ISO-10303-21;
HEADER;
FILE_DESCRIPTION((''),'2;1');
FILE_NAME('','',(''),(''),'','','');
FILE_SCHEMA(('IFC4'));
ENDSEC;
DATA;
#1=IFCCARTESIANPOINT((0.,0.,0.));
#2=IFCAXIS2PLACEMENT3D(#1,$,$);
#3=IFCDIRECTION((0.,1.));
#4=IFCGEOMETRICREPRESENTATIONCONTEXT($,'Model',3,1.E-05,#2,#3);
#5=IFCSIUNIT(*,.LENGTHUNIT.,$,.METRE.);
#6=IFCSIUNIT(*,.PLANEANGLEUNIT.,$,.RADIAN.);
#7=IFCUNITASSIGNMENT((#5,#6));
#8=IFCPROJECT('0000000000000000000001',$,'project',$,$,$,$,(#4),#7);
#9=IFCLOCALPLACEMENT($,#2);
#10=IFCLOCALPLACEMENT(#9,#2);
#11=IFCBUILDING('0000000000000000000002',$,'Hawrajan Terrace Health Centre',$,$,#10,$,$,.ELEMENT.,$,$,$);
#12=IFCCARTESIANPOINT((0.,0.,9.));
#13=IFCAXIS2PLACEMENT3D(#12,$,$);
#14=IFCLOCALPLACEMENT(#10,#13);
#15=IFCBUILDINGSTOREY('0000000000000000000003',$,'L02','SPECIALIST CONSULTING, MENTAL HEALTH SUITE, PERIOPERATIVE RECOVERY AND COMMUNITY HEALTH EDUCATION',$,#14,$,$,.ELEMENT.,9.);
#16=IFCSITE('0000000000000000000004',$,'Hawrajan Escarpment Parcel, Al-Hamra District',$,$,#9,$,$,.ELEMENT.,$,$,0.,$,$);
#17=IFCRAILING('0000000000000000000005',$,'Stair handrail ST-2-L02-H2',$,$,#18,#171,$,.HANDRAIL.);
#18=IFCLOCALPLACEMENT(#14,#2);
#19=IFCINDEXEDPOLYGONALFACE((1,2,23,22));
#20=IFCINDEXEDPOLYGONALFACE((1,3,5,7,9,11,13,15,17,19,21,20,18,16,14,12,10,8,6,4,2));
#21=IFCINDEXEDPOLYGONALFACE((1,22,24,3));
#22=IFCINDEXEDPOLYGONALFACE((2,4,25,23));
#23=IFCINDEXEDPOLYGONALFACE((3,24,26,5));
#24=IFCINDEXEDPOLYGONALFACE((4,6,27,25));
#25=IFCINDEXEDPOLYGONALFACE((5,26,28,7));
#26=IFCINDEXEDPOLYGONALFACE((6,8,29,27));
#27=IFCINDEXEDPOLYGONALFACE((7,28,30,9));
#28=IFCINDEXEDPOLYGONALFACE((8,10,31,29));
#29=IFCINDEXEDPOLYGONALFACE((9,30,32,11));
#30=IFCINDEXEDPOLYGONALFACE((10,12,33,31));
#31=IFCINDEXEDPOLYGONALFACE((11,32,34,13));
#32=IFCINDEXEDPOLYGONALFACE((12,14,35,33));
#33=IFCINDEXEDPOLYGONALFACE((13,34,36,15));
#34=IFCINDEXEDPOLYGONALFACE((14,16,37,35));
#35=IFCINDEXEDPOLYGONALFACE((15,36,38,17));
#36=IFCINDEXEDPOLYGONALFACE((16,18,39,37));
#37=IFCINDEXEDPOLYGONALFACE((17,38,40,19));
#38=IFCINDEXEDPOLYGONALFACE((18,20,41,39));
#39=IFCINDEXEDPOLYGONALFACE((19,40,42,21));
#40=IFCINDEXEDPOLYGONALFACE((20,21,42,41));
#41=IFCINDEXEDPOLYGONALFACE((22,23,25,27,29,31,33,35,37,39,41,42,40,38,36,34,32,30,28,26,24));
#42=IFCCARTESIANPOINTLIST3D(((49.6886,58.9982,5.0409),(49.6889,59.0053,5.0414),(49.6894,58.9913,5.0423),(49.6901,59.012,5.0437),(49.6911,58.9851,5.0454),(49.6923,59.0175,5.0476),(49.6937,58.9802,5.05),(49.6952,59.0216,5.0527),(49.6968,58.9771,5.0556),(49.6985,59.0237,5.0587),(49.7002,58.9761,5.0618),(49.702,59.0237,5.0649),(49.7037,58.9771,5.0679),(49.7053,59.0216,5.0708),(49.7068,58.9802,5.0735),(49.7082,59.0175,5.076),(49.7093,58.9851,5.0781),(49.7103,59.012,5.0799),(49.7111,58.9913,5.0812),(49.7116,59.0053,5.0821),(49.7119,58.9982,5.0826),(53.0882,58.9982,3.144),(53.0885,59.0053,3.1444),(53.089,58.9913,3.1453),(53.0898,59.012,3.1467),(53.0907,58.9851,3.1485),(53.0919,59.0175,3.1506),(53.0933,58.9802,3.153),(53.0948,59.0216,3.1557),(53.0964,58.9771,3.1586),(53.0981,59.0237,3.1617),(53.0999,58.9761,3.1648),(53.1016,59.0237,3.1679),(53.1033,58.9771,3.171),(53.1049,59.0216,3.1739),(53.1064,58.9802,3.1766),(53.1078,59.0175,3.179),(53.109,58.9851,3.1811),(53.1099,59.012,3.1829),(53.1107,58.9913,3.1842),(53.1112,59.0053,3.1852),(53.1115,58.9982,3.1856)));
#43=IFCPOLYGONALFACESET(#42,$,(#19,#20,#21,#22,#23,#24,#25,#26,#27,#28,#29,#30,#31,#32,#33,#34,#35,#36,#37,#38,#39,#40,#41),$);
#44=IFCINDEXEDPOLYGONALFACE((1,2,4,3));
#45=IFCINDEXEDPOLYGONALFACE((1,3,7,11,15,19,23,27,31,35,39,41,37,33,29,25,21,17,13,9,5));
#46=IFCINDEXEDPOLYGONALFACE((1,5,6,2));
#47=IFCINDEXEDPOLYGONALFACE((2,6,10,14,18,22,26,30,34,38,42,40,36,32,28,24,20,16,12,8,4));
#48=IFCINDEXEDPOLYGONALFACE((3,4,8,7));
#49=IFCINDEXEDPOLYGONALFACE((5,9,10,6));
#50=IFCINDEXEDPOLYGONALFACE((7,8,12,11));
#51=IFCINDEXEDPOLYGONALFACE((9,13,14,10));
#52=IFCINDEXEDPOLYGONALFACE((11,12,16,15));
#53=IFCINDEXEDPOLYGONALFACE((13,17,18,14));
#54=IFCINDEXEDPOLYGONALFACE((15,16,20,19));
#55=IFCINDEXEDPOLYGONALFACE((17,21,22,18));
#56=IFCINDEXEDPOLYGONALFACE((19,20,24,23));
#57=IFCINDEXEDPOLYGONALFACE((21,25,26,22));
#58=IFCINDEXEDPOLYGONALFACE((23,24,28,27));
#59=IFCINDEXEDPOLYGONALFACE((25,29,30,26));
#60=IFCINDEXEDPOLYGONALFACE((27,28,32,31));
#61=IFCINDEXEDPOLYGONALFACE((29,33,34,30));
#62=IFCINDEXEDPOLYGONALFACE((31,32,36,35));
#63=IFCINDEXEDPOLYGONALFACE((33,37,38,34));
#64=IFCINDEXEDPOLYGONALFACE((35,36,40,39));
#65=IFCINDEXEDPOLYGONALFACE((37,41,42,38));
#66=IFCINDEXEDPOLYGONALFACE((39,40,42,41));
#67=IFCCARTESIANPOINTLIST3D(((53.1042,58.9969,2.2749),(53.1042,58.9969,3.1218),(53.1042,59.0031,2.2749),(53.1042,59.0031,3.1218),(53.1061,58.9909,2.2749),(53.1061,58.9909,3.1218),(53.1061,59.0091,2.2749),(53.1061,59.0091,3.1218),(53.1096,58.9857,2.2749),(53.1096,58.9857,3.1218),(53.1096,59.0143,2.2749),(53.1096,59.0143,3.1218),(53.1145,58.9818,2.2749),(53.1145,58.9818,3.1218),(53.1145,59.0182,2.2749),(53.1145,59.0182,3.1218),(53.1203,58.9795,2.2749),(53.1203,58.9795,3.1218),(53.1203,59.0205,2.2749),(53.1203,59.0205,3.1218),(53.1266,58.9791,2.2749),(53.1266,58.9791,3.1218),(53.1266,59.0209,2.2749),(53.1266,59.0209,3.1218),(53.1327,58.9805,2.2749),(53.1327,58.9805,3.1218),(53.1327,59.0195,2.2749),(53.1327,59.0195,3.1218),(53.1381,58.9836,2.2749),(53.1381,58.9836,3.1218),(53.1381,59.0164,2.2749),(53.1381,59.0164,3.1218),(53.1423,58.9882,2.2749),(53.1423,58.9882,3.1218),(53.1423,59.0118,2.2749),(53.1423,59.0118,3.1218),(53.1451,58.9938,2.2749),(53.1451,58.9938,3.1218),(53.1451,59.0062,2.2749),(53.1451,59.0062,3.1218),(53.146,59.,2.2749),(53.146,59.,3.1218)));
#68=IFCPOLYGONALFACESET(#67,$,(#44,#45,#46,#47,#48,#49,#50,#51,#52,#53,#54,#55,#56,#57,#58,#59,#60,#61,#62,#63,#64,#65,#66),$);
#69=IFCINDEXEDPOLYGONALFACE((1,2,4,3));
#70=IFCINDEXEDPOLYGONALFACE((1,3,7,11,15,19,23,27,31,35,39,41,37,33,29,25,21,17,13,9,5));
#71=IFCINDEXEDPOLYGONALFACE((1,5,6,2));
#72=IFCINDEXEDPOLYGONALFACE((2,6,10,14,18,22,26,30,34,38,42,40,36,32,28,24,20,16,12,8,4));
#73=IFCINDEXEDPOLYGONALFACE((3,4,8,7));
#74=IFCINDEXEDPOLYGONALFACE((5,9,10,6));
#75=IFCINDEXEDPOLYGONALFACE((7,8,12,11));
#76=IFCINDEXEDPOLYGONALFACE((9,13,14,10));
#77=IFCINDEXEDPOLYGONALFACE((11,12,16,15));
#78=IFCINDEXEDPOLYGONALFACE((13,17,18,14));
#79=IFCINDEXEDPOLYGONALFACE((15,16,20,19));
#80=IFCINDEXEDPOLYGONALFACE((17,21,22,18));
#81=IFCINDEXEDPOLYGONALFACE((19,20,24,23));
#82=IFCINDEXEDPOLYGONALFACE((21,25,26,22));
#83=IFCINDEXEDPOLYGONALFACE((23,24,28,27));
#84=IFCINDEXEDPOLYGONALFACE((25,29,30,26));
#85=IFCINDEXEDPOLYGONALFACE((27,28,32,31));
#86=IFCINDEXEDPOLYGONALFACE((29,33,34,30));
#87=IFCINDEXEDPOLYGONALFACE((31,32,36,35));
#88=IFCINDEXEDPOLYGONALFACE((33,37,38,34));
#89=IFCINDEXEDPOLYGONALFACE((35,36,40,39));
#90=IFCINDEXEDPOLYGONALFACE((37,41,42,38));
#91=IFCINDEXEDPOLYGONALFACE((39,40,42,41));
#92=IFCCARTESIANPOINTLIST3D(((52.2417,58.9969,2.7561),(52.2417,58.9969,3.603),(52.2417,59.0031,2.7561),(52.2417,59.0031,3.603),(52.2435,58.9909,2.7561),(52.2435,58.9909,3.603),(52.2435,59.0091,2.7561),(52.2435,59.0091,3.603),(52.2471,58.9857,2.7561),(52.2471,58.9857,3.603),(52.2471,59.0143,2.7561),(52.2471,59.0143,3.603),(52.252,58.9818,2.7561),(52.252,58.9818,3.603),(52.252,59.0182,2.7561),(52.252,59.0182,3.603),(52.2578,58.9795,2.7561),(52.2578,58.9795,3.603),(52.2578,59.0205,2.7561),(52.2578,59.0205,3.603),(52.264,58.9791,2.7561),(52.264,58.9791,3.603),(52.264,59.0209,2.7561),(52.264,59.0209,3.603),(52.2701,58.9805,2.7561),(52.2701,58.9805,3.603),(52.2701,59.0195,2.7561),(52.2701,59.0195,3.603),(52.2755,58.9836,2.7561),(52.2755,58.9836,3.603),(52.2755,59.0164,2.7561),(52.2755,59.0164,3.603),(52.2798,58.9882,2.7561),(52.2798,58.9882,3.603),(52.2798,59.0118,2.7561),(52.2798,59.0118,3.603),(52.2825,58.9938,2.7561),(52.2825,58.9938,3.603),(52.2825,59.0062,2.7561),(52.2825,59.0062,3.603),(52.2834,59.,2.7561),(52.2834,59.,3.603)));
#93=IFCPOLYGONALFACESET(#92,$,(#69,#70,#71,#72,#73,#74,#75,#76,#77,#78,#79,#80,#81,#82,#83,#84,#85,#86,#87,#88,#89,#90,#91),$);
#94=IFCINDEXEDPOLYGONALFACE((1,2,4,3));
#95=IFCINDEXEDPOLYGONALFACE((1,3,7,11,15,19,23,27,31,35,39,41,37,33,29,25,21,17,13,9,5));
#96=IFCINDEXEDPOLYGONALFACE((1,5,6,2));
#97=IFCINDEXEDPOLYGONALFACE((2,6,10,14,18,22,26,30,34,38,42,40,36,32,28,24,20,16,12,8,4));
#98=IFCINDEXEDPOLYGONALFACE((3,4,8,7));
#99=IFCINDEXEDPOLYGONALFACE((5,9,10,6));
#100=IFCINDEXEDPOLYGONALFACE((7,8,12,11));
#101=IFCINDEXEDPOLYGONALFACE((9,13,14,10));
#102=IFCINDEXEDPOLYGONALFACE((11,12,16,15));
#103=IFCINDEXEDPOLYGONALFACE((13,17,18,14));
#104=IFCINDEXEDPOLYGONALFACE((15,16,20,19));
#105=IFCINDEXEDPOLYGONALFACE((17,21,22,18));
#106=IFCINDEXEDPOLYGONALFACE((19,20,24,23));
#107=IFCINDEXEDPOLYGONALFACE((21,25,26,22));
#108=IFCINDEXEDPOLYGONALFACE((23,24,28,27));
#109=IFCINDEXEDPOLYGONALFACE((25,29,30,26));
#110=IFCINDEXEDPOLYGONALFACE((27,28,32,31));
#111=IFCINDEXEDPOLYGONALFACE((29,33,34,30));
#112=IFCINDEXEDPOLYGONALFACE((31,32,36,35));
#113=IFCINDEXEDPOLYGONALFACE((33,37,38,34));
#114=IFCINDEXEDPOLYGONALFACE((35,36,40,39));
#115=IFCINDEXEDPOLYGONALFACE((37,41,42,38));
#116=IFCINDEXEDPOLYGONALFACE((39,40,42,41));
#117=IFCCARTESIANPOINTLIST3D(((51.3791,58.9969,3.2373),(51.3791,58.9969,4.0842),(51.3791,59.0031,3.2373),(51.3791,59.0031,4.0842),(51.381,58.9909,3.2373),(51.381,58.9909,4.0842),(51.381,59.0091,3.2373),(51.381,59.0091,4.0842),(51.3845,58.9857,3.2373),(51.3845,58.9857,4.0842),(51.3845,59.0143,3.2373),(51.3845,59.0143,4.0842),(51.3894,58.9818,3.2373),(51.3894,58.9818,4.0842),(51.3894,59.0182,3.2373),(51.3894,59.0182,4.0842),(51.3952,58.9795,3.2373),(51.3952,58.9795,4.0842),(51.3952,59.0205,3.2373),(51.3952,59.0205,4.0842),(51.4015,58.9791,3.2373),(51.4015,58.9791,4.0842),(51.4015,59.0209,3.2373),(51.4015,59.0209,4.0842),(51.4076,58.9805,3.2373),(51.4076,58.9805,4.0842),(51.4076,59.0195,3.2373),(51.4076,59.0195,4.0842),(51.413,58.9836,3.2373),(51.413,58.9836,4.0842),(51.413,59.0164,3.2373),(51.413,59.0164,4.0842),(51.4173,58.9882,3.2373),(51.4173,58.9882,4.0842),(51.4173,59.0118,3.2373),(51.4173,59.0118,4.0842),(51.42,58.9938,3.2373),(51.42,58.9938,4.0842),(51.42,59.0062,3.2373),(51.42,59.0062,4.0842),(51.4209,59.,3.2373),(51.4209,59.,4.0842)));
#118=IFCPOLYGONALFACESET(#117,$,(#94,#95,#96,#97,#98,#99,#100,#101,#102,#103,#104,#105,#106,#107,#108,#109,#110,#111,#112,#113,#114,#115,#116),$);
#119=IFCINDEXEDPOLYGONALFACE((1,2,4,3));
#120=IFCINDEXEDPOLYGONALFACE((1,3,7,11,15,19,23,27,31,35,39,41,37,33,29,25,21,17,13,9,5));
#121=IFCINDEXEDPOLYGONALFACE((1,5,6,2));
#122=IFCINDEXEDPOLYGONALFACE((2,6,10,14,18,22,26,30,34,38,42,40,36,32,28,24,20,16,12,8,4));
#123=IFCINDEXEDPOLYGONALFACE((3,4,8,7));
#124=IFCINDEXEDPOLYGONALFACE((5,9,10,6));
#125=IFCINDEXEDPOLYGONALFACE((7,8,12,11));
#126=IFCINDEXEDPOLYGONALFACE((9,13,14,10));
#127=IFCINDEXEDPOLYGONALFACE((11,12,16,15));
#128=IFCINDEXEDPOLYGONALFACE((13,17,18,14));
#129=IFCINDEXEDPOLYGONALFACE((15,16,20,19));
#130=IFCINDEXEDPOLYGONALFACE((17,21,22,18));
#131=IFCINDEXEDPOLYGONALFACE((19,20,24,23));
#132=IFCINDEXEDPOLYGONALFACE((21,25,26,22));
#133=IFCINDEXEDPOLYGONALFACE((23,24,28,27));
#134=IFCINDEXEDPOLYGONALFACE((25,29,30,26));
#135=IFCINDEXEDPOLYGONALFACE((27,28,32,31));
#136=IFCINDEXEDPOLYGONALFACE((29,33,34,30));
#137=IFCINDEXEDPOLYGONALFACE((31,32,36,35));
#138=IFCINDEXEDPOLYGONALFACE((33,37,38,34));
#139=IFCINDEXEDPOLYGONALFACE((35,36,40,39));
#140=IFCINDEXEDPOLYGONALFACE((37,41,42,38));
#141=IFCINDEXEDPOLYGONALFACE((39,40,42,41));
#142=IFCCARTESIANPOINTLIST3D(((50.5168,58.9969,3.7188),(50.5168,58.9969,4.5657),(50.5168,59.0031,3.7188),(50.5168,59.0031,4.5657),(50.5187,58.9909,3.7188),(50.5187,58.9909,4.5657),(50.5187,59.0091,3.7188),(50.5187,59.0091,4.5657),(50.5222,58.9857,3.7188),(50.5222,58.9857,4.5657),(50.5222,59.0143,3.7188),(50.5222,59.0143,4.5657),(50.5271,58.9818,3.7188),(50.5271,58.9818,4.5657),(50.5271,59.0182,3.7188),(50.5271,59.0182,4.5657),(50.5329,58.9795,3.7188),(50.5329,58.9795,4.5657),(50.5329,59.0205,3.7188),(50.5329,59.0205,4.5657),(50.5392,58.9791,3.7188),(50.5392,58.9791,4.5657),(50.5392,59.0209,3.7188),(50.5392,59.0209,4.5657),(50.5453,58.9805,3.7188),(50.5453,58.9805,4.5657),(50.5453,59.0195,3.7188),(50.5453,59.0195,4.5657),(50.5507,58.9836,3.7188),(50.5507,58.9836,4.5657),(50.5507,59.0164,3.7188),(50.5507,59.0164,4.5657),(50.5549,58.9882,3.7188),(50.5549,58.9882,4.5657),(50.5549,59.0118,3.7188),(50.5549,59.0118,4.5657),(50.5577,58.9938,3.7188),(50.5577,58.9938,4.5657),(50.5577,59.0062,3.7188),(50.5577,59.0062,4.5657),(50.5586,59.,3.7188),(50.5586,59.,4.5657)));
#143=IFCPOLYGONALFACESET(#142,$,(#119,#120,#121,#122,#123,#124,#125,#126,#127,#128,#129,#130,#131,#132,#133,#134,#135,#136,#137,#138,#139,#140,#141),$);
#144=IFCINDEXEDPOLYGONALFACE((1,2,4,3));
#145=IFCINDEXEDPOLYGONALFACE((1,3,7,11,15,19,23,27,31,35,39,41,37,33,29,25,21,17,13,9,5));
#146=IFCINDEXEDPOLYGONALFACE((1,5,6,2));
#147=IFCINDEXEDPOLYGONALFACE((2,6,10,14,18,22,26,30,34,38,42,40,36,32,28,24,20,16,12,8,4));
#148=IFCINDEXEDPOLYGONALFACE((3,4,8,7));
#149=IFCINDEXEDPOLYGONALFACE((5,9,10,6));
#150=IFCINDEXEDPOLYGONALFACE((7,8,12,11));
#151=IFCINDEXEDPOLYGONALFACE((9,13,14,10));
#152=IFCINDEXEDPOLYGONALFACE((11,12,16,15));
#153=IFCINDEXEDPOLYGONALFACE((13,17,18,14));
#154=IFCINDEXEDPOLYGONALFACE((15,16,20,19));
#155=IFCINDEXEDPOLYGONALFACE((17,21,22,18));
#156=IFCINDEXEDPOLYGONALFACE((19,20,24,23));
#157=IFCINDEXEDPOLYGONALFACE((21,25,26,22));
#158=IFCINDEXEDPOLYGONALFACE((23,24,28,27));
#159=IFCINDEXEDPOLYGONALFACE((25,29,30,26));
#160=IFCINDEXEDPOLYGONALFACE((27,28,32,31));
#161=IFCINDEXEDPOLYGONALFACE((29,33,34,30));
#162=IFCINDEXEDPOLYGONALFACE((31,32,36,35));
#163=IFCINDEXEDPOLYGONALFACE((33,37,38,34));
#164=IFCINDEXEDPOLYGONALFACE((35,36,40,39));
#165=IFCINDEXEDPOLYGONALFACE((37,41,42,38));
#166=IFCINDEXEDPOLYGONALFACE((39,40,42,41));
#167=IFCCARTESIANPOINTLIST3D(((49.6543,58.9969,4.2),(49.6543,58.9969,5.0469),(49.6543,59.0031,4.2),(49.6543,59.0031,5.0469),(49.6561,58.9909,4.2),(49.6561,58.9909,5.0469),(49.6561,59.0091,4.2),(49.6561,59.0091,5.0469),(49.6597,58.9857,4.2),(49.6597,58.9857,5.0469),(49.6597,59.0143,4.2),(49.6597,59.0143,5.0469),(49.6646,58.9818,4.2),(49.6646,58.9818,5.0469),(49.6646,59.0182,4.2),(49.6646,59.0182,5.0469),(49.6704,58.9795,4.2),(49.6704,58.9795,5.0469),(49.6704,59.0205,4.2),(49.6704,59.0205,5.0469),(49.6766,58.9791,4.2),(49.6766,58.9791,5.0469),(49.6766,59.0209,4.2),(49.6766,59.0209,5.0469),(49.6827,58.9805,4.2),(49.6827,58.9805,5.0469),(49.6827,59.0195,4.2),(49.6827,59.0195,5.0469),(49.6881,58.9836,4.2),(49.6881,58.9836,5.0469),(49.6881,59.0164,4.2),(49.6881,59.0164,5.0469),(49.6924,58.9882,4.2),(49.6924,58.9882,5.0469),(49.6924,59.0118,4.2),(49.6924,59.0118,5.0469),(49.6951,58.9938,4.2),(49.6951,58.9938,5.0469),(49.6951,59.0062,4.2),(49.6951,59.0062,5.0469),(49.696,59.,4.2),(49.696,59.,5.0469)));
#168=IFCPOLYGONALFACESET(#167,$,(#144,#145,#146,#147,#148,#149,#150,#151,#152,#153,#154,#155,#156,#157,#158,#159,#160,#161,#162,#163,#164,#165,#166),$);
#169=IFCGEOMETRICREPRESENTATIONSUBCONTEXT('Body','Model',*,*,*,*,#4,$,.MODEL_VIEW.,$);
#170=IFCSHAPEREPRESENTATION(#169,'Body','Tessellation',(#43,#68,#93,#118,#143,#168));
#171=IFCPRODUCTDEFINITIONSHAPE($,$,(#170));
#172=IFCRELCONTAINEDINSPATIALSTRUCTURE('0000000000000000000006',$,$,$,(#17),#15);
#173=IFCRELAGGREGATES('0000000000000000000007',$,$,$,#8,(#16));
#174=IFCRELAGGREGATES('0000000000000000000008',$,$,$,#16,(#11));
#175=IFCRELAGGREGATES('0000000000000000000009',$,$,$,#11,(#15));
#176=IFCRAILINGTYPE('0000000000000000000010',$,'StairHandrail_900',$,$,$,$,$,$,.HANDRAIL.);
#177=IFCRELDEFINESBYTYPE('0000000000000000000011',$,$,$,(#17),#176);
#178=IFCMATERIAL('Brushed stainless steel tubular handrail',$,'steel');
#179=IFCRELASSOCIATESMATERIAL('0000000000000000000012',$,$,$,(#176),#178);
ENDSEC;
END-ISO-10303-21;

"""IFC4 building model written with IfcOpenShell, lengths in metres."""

from ifc_helpers import new_model, si_unit, direction, frame, origin, origin_2d, place, context, subcontext, project, spatial, circle, extrude, material, type_object, element, save


model = new_model("IFC4")

# Units and contexts
model_context = context("Model", 3, precision=1e-05, world=origin(), true_north=direction((0.0, 1.0)))
body_context = subcontext(model_context, "Body", "Model", "MODEL_VIEW")
ifc_project = project(units=[si_unit("LENGTHUNIT", "METRE"), si_unit("PLANEANGLEUNIT", "RADIAN")], contexts=[model_context])

# Site, building, storey
site_placement = place(None, origin())
site = spatial("IfcSite", under=ifc_project, at=site_placement, Name="Hawrajan Escarpment Parcel, Al-Hamra District", CompositionType="ELEMENT", RefElevation=0.0)
building_placement = place(site_placement, origin())
building = spatial("IfcBuilding", under=site, at=building_placement, Name="Hawrajan Terrace Health Centre", CompositionType="ELEMENT")
storey_placement = place(building_placement, frame((0.0, 0.0, 9.0)))
storey = spatial("IfcBuildingStorey", under=building, at=storey_placement, Name="L02", Description="SPECIALIST CONSULTING, MENTAL HEALTH SUITE, PERIOPERATIVE RECOVERY AND COMMUNITY HEALTH EDUCATION", CompositionType="ELEMENT", Elevation=9.0)

# Railing
ifc_material_1 = material(Name="Brushed stainless steel tubular handrail", Category="steel")
railing_type_1 = type_object("IfcRailingType", Name="StairHandrail_900", PredefinedType="HANDRAIL", material=ifc_material_1)
railing_1_placement = place(storey_placement, frame((53.125, 59.0, 2.2749)))
element("IfcRailing", 1, at=railing_1_placement, inside=storey, type_object=railing_type_1, Name="Stair handrail ST-2-L02-H2", PredefinedType="HANDRAIL", context=body_context, shape_type="SweptSolid", body=[
    extrude(circle(Radius=0.0239, at=origin_2d()), frame((-0.0251, 0.0, 0.8899), z_axis=(-0.873252, 0.0, 0.487269), x_axis=(0.0, -1.0, 0.0)), (0.0, 0.0, 1.0), 3.8931),
    extrude(circle(Radius=0.021, at=origin_2d()), origin(), (0.0, 0.0, 1.0), 0.8469),
    extrude(circle(Radius=0.021, at=origin_2d()), frame((-0.8625, 0.0, 0.4812)), (0.0, 0.0, 1.0), 0.8469),
    extrude(circle(Radius=0.021, at=origin_2d()), frame((-1.7251, 0.0, 0.9624)), (0.0, 0.0, 1.0), 0.8469),
    extrude(circle(Radius=0.021, at=origin_2d()), frame((-2.5874, 0.0, 1.4438)), (0.0, 0.0, 1.0), 0.8469),
    extrude(circle(Radius=0.021, at=origin_2d()), frame((-3.45, 0.0, 1.925)), (0.0, 0.0, 1.0), 0.8469),
])

save(model, "model.ifc")
